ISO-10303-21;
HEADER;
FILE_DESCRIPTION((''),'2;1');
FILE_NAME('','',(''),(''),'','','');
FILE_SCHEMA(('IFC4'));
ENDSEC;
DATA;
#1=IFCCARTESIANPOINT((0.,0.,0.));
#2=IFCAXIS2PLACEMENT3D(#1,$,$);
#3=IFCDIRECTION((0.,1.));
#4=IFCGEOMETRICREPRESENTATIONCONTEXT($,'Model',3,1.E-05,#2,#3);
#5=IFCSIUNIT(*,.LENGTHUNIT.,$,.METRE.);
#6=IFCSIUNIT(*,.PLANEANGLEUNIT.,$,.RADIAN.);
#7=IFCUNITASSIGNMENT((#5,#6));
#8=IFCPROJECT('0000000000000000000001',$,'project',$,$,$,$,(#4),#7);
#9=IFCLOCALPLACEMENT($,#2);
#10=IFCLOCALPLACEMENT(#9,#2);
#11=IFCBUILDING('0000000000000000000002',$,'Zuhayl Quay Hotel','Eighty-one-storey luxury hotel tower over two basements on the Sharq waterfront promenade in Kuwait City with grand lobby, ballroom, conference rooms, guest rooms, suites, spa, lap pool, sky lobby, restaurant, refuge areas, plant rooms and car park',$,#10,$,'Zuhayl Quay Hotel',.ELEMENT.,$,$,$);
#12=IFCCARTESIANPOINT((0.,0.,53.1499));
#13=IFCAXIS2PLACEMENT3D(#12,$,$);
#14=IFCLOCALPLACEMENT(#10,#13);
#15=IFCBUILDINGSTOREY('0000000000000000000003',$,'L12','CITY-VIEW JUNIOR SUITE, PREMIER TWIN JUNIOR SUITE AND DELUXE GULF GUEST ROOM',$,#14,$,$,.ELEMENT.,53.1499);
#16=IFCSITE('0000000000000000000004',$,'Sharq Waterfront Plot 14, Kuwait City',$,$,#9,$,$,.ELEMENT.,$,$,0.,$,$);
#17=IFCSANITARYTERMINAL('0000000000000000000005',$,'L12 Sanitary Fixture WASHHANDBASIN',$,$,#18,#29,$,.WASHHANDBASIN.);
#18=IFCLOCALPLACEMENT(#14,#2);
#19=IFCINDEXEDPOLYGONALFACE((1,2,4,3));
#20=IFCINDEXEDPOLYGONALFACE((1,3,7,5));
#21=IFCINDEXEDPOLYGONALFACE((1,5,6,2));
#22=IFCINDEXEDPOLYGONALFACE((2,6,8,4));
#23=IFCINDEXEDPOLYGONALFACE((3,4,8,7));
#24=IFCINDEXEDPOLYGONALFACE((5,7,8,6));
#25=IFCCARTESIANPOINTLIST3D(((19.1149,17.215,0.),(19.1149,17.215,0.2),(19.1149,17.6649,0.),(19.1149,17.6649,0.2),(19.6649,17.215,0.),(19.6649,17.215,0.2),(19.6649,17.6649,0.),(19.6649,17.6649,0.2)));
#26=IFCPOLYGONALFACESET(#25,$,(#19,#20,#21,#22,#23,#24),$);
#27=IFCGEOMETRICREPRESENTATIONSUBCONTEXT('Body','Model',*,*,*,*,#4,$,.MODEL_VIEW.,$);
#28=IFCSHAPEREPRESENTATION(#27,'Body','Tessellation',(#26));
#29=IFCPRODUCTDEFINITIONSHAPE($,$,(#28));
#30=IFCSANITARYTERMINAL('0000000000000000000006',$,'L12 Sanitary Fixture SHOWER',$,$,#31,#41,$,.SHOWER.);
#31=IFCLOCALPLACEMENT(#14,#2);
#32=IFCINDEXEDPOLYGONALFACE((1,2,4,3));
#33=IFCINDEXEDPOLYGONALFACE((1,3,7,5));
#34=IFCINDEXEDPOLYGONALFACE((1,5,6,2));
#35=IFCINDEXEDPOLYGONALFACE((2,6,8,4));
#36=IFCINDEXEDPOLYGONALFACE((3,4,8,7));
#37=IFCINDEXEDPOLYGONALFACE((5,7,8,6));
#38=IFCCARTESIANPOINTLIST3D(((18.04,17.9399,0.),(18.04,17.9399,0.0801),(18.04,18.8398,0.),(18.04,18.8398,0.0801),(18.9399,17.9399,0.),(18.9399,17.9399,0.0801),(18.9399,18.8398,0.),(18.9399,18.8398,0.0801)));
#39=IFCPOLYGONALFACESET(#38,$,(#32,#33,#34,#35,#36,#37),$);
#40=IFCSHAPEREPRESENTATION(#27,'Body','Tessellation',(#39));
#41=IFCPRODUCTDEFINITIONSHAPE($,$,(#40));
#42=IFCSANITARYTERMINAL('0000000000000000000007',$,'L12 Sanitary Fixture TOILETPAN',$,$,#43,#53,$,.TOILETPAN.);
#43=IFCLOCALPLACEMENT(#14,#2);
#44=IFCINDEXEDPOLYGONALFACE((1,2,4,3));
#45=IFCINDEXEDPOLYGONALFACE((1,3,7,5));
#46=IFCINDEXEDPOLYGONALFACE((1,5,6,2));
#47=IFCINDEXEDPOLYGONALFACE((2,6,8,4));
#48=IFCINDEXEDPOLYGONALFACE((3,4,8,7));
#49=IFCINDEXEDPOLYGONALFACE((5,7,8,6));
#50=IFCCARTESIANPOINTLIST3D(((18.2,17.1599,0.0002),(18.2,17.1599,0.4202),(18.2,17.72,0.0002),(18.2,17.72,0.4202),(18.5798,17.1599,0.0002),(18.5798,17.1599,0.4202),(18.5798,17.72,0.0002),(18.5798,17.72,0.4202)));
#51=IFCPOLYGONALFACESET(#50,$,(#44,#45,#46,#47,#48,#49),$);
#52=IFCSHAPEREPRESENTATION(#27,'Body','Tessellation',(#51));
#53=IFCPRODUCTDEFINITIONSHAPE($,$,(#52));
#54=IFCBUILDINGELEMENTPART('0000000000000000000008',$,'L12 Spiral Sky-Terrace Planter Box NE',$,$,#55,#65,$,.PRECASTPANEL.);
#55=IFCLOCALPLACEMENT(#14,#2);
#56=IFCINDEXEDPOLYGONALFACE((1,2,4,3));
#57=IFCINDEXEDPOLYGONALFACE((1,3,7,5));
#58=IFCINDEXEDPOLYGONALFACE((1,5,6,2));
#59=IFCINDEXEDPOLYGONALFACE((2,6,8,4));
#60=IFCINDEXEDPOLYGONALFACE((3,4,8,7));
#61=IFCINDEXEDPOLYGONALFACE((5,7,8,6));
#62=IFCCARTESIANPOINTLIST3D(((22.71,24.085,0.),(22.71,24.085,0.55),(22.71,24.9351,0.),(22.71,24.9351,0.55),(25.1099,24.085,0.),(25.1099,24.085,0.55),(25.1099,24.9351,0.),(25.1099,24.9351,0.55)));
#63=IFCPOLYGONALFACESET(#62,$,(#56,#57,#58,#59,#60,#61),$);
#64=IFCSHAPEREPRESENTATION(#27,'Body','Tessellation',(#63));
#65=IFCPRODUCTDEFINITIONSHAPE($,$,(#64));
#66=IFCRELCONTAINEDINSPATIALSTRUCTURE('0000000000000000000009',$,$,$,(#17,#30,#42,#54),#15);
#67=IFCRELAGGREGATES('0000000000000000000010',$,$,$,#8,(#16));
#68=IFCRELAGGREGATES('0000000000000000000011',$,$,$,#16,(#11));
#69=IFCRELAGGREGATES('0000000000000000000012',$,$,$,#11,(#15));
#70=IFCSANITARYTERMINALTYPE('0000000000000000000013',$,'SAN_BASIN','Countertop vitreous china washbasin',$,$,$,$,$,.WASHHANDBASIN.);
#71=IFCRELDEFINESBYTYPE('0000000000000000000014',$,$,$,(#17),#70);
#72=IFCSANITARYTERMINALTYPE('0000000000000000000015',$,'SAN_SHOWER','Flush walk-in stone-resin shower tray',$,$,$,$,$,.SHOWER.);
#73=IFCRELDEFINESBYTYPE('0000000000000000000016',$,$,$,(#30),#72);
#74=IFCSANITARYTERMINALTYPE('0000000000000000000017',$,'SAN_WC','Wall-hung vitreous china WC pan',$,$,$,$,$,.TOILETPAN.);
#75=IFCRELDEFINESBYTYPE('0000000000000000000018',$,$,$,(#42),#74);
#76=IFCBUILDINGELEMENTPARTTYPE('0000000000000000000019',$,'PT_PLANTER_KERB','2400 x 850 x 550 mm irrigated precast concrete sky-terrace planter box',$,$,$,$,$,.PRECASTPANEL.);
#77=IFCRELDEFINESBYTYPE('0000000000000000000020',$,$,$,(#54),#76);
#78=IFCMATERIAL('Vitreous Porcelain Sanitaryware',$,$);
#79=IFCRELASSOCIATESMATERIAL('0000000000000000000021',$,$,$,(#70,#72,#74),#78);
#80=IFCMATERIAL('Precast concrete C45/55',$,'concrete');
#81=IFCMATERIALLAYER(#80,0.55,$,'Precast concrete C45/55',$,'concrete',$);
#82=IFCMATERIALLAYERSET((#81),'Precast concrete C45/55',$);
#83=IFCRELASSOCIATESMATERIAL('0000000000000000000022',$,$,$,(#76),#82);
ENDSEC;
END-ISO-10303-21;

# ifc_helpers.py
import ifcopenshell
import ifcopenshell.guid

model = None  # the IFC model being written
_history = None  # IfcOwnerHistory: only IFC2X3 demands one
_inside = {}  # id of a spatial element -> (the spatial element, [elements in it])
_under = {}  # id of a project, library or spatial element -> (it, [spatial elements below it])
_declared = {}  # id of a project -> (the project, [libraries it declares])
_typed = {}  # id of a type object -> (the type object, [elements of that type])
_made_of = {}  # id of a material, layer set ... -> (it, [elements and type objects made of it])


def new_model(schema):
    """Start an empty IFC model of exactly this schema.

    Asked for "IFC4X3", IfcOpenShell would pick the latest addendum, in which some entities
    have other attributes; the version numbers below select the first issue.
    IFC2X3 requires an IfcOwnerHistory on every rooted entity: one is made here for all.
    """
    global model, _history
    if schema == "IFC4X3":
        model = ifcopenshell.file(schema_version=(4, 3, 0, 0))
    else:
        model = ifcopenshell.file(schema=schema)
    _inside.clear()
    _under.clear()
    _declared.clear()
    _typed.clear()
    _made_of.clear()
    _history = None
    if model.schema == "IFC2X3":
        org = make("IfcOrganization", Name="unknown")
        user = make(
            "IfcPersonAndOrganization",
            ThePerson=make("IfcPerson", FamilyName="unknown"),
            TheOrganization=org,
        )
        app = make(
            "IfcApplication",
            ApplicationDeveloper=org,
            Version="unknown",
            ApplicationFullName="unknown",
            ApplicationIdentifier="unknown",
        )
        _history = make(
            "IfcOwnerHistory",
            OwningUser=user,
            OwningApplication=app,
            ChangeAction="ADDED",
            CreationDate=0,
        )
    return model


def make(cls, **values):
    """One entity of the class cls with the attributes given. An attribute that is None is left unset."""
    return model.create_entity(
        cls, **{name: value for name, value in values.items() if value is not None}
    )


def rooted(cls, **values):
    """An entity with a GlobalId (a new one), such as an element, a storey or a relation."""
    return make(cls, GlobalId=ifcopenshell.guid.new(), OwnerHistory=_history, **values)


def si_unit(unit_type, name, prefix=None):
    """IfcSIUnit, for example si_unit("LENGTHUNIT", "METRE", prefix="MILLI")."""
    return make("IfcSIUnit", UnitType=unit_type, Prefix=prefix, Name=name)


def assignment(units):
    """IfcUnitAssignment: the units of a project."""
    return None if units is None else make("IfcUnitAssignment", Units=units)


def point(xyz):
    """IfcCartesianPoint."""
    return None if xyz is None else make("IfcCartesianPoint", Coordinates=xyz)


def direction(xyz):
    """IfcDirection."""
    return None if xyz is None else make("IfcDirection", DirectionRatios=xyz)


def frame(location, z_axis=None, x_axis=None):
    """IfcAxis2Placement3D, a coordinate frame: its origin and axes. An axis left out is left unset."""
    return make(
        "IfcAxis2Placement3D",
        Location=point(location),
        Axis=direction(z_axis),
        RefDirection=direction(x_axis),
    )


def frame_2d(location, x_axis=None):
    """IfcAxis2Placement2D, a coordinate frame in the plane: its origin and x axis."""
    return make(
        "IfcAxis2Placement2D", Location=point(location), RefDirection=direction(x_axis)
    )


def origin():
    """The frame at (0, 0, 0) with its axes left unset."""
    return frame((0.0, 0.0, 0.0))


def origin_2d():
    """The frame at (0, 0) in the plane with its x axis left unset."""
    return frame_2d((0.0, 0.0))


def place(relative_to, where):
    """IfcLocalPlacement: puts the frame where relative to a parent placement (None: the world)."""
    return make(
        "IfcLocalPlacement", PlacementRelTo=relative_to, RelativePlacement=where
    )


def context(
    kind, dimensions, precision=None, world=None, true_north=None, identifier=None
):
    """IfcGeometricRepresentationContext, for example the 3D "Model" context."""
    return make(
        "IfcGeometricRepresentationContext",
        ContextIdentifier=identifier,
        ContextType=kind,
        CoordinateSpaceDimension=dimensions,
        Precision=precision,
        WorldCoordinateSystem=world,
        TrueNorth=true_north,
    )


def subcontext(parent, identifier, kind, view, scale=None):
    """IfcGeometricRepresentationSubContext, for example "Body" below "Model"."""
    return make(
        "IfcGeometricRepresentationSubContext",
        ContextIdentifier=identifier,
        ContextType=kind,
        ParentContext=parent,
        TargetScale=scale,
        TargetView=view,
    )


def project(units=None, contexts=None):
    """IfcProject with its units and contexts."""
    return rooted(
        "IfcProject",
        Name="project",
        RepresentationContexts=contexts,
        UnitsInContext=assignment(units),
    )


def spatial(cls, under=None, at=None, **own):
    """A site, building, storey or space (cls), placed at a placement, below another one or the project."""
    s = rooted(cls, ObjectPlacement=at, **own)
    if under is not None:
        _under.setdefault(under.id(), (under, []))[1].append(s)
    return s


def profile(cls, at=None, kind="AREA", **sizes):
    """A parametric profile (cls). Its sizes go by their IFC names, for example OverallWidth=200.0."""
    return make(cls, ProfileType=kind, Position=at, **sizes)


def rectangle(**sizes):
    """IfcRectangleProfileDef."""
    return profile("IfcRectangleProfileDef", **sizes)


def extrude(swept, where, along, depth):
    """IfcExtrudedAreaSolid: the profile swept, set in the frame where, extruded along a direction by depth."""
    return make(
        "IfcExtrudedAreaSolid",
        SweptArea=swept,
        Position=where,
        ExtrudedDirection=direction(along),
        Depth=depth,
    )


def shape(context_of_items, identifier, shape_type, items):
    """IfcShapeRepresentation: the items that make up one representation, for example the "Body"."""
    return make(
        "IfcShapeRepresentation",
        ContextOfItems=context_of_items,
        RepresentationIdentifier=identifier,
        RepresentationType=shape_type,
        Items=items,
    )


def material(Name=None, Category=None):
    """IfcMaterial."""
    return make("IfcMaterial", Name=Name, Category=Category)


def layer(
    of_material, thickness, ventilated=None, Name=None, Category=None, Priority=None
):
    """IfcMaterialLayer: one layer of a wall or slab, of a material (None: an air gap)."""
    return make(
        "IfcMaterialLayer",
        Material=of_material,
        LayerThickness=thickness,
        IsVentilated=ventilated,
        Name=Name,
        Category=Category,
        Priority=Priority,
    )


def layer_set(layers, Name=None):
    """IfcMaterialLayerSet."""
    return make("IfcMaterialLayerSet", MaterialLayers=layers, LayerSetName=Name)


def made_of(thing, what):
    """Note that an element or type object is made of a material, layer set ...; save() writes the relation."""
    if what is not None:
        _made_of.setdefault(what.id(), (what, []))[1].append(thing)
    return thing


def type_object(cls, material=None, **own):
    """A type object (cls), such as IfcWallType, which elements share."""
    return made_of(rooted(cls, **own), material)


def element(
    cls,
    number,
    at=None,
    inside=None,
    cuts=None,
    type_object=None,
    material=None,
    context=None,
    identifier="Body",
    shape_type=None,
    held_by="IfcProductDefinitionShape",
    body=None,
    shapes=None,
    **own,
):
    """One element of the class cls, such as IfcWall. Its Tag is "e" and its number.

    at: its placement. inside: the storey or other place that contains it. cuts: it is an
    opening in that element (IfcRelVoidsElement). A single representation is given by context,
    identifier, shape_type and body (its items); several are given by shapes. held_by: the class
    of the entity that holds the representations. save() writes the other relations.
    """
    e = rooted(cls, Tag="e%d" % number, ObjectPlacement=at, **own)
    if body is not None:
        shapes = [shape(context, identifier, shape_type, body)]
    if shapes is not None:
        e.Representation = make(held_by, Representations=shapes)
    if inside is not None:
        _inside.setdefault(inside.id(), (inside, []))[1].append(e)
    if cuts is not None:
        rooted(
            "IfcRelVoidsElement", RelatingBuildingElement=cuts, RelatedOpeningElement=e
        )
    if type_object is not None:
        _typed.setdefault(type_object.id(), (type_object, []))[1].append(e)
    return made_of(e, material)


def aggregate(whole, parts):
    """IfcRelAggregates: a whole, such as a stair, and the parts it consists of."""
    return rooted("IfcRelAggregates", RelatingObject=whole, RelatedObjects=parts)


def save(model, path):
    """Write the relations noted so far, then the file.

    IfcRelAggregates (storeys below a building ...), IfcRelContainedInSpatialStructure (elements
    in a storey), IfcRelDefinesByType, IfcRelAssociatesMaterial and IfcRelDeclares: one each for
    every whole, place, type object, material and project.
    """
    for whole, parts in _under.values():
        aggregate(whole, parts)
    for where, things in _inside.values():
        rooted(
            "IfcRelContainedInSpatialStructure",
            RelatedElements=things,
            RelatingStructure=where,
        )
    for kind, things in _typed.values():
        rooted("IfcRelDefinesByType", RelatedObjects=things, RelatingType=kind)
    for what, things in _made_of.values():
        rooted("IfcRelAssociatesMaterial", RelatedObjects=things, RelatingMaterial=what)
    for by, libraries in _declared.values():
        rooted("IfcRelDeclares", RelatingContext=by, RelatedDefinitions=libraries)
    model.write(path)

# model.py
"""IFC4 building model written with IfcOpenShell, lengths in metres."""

from ifc_helpers import new_model, si_unit, direction, frame, origin, origin_2d, place, context, subcontext, project, spatial, rectangle, extrude, material, layer, layer_set, type_object, element, save


model = new_model("IFC4")

# Units and contexts
model_context = context("Model", 3, precision=1e-05, world=origin(), true_north=direction((0.0, 1.0)))
body_context = subcontext(model_context, "Body", "Model", "MODEL_VIEW")
ifc_project = project(units=[si_unit("LENGTHUNIT", "METRE"), si_unit("PLANEANGLEUNIT", "RADIAN")], contexts=[model_context])

# Site, building, storey
site_placement = place(None, origin())
site = spatial("IfcSite", under=ifc_project, at=site_placement, Name="Sharq Waterfront Plot 14, Kuwait City", CompositionType="ELEMENT", RefElevation=0.0)
building_placement = place(site_placement, origin())
building = spatial("IfcBuilding", under=site, at=building_placement, Name="Zuhayl Quay Hotel", Description="Eighty-one-storey luxury hotel tower over two basements on the Sharq waterfront promenade in Kuwait City with grand lobby, ballroom, conference rooms, guest rooms, suites, spa, lap pool, sky lobby, restaurant, refuge areas, plant rooms and car park", LongName="Zuhayl Quay Hotel", CompositionType="ELEMENT")
storey_placement = place(building_placement, frame((0.0, 0.0, 53.1499)))
storey = spatial("IfcBuildingStorey", under=building, at=storey_placement, Name="L12", Description="CITY-VIEW JUNIOR SUITE, PREMIER TWIN JUNIOR SUITE AND DELUXE GULF GUEST ROOM", CompositionType="ELEMENT", Elevation=53.1499)

# Shared definitions
ifc_material_1 = material(Name="Precast concrete C45/55", Category="concrete")

# Sanitary terminals
ifc_material_2 = material(Name="Vitreous Porcelain Sanitaryware")
sanitary_terminal_type_1 = type_object("IfcSanitaryTerminalType", Name="SAN_BASIN", Description="Countertop vitreous china washbasin", PredefinedType="WASHHANDBASIN", material=ifc_material_2)
sanitary_terminal_1_placement = place(storey_placement, frame((19.3899, 17.4399, 0.0), z_axis=(0.0, 0.0, 1.0), x_axis=(1.0, 0.0, 0.0)))
element("IfcSanitaryTerminal", 1, at=sanitary_terminal_1_placement, inside=storey, type_object=sanitary_terminal_type_1, Name="L12 Sanitary Fixture WASHHANDBASIN", PredefinedType="WASHHANDBASIN", context=body_context, shape_type="SweptSolid", body=[
    extrude(rectangle(XDim=0.55, YDim=0.45, at=origin_2d()), origin(), (0.0, 0.0, 1.0), 0.2),
])
sanitary_terminal_type_2 = type_object("IfcSanitaryTerminalType", Name="SAN_SHOWER", Description="Flush walk-in stone-resin shower tray", PredefinedType="SHOWER", material=ifc_material_2)
sanitary_terminal_2_placement = place(storey_placement, frame((18.49, 18.3899, 0.0), z_axis=(0.0, 0.0, 1.0), x_axis=(1.0, 0.0, 0.0)))
element("IfcSanitaryTerminal", 2, at=sanitary_terminal_2_placement, inside=storey, type_object=sanitary_terminal_type_2, Name="L12 Sanitary Fixture SHOWER", PredefinedType="SHOWER", context=body_context, shape_type="SweptSolid", body=[
    extrude(rectangle(XDim=0.8999, YDim=0.8999, at=origin_2d()), origin(), (0.0, 0.0, 1.0), 0.0801),
])
sanitary_terminal_type_3 = type_object("IfcSanitaryTerminalType", Name="SAN_WC", Description="Wall-hung vitreous china WC pan", PredefinedType="TOILETPAN", material=ifc_material_2)
sanitary_terminal_3_placement = place(storey_placement, frame((18.3899, 17.4399, 0.0002), z_axis=(0.0, 0.0, 1.0), x_axis=(1.0, 0.0, 0.0)))
element("IfcSanitaryTerminal", 3, at=sanitary_terminal_3_placement, inside=storey, type_object=sanitary_terminal_type_3, Name="L12 Sanitary Fixture TOILETPAN", PredefinedType="TOILETPAN", context=body_context, shape_type="SweptSolid", body=[
    extrude(rectangle(XDim=0.3799, YDim=0.5601, at=origin_2d()), origin(), (0.0, 0.0, 1.0), 0.4199),
])

# Building element part
ifc_layer_1 = layer(ifc_material_1, 0.55, Name="Precast concrete C45/55", Category="concrete")
ifc_layer_set_1 = layer_set([ifc_layer_1], Name="Precast concrete C45/55")
building_element_part_type = type_object("IfcBuildingElementPartType", Name="PT_PLANTER_KERB", Description="2400 x 850 x 550 mm irrigated precast concrete sky-terrace planter box", PredefinedType="PRECASTPANEL", material=ifc_layer_set_1)
building_element_part_placement = place(storey_placement, frame((23.9099, 24.51, 0.0), z_axis=(0.0, 0.0, 1.0), x_axis=(1.0, 0.0, 0.0)))
element("IfcBuildingElementPart", 4, at=building_element_part_placement, inside=storey, type_object=building_element_part_type, Name="L12 Spiral Sky-Terrace Planter Box NE", PredefinedType="PRECASTPANEL", context=body_context, shape_type="SweptSolid", body=[
    extrude(rectangle(XDim=2.3999, YDim=0.8501, at=origin_2d()), origin(), (0.0, 0.0, 1.0), 0.55),
])

save(model, "model.ifc")
